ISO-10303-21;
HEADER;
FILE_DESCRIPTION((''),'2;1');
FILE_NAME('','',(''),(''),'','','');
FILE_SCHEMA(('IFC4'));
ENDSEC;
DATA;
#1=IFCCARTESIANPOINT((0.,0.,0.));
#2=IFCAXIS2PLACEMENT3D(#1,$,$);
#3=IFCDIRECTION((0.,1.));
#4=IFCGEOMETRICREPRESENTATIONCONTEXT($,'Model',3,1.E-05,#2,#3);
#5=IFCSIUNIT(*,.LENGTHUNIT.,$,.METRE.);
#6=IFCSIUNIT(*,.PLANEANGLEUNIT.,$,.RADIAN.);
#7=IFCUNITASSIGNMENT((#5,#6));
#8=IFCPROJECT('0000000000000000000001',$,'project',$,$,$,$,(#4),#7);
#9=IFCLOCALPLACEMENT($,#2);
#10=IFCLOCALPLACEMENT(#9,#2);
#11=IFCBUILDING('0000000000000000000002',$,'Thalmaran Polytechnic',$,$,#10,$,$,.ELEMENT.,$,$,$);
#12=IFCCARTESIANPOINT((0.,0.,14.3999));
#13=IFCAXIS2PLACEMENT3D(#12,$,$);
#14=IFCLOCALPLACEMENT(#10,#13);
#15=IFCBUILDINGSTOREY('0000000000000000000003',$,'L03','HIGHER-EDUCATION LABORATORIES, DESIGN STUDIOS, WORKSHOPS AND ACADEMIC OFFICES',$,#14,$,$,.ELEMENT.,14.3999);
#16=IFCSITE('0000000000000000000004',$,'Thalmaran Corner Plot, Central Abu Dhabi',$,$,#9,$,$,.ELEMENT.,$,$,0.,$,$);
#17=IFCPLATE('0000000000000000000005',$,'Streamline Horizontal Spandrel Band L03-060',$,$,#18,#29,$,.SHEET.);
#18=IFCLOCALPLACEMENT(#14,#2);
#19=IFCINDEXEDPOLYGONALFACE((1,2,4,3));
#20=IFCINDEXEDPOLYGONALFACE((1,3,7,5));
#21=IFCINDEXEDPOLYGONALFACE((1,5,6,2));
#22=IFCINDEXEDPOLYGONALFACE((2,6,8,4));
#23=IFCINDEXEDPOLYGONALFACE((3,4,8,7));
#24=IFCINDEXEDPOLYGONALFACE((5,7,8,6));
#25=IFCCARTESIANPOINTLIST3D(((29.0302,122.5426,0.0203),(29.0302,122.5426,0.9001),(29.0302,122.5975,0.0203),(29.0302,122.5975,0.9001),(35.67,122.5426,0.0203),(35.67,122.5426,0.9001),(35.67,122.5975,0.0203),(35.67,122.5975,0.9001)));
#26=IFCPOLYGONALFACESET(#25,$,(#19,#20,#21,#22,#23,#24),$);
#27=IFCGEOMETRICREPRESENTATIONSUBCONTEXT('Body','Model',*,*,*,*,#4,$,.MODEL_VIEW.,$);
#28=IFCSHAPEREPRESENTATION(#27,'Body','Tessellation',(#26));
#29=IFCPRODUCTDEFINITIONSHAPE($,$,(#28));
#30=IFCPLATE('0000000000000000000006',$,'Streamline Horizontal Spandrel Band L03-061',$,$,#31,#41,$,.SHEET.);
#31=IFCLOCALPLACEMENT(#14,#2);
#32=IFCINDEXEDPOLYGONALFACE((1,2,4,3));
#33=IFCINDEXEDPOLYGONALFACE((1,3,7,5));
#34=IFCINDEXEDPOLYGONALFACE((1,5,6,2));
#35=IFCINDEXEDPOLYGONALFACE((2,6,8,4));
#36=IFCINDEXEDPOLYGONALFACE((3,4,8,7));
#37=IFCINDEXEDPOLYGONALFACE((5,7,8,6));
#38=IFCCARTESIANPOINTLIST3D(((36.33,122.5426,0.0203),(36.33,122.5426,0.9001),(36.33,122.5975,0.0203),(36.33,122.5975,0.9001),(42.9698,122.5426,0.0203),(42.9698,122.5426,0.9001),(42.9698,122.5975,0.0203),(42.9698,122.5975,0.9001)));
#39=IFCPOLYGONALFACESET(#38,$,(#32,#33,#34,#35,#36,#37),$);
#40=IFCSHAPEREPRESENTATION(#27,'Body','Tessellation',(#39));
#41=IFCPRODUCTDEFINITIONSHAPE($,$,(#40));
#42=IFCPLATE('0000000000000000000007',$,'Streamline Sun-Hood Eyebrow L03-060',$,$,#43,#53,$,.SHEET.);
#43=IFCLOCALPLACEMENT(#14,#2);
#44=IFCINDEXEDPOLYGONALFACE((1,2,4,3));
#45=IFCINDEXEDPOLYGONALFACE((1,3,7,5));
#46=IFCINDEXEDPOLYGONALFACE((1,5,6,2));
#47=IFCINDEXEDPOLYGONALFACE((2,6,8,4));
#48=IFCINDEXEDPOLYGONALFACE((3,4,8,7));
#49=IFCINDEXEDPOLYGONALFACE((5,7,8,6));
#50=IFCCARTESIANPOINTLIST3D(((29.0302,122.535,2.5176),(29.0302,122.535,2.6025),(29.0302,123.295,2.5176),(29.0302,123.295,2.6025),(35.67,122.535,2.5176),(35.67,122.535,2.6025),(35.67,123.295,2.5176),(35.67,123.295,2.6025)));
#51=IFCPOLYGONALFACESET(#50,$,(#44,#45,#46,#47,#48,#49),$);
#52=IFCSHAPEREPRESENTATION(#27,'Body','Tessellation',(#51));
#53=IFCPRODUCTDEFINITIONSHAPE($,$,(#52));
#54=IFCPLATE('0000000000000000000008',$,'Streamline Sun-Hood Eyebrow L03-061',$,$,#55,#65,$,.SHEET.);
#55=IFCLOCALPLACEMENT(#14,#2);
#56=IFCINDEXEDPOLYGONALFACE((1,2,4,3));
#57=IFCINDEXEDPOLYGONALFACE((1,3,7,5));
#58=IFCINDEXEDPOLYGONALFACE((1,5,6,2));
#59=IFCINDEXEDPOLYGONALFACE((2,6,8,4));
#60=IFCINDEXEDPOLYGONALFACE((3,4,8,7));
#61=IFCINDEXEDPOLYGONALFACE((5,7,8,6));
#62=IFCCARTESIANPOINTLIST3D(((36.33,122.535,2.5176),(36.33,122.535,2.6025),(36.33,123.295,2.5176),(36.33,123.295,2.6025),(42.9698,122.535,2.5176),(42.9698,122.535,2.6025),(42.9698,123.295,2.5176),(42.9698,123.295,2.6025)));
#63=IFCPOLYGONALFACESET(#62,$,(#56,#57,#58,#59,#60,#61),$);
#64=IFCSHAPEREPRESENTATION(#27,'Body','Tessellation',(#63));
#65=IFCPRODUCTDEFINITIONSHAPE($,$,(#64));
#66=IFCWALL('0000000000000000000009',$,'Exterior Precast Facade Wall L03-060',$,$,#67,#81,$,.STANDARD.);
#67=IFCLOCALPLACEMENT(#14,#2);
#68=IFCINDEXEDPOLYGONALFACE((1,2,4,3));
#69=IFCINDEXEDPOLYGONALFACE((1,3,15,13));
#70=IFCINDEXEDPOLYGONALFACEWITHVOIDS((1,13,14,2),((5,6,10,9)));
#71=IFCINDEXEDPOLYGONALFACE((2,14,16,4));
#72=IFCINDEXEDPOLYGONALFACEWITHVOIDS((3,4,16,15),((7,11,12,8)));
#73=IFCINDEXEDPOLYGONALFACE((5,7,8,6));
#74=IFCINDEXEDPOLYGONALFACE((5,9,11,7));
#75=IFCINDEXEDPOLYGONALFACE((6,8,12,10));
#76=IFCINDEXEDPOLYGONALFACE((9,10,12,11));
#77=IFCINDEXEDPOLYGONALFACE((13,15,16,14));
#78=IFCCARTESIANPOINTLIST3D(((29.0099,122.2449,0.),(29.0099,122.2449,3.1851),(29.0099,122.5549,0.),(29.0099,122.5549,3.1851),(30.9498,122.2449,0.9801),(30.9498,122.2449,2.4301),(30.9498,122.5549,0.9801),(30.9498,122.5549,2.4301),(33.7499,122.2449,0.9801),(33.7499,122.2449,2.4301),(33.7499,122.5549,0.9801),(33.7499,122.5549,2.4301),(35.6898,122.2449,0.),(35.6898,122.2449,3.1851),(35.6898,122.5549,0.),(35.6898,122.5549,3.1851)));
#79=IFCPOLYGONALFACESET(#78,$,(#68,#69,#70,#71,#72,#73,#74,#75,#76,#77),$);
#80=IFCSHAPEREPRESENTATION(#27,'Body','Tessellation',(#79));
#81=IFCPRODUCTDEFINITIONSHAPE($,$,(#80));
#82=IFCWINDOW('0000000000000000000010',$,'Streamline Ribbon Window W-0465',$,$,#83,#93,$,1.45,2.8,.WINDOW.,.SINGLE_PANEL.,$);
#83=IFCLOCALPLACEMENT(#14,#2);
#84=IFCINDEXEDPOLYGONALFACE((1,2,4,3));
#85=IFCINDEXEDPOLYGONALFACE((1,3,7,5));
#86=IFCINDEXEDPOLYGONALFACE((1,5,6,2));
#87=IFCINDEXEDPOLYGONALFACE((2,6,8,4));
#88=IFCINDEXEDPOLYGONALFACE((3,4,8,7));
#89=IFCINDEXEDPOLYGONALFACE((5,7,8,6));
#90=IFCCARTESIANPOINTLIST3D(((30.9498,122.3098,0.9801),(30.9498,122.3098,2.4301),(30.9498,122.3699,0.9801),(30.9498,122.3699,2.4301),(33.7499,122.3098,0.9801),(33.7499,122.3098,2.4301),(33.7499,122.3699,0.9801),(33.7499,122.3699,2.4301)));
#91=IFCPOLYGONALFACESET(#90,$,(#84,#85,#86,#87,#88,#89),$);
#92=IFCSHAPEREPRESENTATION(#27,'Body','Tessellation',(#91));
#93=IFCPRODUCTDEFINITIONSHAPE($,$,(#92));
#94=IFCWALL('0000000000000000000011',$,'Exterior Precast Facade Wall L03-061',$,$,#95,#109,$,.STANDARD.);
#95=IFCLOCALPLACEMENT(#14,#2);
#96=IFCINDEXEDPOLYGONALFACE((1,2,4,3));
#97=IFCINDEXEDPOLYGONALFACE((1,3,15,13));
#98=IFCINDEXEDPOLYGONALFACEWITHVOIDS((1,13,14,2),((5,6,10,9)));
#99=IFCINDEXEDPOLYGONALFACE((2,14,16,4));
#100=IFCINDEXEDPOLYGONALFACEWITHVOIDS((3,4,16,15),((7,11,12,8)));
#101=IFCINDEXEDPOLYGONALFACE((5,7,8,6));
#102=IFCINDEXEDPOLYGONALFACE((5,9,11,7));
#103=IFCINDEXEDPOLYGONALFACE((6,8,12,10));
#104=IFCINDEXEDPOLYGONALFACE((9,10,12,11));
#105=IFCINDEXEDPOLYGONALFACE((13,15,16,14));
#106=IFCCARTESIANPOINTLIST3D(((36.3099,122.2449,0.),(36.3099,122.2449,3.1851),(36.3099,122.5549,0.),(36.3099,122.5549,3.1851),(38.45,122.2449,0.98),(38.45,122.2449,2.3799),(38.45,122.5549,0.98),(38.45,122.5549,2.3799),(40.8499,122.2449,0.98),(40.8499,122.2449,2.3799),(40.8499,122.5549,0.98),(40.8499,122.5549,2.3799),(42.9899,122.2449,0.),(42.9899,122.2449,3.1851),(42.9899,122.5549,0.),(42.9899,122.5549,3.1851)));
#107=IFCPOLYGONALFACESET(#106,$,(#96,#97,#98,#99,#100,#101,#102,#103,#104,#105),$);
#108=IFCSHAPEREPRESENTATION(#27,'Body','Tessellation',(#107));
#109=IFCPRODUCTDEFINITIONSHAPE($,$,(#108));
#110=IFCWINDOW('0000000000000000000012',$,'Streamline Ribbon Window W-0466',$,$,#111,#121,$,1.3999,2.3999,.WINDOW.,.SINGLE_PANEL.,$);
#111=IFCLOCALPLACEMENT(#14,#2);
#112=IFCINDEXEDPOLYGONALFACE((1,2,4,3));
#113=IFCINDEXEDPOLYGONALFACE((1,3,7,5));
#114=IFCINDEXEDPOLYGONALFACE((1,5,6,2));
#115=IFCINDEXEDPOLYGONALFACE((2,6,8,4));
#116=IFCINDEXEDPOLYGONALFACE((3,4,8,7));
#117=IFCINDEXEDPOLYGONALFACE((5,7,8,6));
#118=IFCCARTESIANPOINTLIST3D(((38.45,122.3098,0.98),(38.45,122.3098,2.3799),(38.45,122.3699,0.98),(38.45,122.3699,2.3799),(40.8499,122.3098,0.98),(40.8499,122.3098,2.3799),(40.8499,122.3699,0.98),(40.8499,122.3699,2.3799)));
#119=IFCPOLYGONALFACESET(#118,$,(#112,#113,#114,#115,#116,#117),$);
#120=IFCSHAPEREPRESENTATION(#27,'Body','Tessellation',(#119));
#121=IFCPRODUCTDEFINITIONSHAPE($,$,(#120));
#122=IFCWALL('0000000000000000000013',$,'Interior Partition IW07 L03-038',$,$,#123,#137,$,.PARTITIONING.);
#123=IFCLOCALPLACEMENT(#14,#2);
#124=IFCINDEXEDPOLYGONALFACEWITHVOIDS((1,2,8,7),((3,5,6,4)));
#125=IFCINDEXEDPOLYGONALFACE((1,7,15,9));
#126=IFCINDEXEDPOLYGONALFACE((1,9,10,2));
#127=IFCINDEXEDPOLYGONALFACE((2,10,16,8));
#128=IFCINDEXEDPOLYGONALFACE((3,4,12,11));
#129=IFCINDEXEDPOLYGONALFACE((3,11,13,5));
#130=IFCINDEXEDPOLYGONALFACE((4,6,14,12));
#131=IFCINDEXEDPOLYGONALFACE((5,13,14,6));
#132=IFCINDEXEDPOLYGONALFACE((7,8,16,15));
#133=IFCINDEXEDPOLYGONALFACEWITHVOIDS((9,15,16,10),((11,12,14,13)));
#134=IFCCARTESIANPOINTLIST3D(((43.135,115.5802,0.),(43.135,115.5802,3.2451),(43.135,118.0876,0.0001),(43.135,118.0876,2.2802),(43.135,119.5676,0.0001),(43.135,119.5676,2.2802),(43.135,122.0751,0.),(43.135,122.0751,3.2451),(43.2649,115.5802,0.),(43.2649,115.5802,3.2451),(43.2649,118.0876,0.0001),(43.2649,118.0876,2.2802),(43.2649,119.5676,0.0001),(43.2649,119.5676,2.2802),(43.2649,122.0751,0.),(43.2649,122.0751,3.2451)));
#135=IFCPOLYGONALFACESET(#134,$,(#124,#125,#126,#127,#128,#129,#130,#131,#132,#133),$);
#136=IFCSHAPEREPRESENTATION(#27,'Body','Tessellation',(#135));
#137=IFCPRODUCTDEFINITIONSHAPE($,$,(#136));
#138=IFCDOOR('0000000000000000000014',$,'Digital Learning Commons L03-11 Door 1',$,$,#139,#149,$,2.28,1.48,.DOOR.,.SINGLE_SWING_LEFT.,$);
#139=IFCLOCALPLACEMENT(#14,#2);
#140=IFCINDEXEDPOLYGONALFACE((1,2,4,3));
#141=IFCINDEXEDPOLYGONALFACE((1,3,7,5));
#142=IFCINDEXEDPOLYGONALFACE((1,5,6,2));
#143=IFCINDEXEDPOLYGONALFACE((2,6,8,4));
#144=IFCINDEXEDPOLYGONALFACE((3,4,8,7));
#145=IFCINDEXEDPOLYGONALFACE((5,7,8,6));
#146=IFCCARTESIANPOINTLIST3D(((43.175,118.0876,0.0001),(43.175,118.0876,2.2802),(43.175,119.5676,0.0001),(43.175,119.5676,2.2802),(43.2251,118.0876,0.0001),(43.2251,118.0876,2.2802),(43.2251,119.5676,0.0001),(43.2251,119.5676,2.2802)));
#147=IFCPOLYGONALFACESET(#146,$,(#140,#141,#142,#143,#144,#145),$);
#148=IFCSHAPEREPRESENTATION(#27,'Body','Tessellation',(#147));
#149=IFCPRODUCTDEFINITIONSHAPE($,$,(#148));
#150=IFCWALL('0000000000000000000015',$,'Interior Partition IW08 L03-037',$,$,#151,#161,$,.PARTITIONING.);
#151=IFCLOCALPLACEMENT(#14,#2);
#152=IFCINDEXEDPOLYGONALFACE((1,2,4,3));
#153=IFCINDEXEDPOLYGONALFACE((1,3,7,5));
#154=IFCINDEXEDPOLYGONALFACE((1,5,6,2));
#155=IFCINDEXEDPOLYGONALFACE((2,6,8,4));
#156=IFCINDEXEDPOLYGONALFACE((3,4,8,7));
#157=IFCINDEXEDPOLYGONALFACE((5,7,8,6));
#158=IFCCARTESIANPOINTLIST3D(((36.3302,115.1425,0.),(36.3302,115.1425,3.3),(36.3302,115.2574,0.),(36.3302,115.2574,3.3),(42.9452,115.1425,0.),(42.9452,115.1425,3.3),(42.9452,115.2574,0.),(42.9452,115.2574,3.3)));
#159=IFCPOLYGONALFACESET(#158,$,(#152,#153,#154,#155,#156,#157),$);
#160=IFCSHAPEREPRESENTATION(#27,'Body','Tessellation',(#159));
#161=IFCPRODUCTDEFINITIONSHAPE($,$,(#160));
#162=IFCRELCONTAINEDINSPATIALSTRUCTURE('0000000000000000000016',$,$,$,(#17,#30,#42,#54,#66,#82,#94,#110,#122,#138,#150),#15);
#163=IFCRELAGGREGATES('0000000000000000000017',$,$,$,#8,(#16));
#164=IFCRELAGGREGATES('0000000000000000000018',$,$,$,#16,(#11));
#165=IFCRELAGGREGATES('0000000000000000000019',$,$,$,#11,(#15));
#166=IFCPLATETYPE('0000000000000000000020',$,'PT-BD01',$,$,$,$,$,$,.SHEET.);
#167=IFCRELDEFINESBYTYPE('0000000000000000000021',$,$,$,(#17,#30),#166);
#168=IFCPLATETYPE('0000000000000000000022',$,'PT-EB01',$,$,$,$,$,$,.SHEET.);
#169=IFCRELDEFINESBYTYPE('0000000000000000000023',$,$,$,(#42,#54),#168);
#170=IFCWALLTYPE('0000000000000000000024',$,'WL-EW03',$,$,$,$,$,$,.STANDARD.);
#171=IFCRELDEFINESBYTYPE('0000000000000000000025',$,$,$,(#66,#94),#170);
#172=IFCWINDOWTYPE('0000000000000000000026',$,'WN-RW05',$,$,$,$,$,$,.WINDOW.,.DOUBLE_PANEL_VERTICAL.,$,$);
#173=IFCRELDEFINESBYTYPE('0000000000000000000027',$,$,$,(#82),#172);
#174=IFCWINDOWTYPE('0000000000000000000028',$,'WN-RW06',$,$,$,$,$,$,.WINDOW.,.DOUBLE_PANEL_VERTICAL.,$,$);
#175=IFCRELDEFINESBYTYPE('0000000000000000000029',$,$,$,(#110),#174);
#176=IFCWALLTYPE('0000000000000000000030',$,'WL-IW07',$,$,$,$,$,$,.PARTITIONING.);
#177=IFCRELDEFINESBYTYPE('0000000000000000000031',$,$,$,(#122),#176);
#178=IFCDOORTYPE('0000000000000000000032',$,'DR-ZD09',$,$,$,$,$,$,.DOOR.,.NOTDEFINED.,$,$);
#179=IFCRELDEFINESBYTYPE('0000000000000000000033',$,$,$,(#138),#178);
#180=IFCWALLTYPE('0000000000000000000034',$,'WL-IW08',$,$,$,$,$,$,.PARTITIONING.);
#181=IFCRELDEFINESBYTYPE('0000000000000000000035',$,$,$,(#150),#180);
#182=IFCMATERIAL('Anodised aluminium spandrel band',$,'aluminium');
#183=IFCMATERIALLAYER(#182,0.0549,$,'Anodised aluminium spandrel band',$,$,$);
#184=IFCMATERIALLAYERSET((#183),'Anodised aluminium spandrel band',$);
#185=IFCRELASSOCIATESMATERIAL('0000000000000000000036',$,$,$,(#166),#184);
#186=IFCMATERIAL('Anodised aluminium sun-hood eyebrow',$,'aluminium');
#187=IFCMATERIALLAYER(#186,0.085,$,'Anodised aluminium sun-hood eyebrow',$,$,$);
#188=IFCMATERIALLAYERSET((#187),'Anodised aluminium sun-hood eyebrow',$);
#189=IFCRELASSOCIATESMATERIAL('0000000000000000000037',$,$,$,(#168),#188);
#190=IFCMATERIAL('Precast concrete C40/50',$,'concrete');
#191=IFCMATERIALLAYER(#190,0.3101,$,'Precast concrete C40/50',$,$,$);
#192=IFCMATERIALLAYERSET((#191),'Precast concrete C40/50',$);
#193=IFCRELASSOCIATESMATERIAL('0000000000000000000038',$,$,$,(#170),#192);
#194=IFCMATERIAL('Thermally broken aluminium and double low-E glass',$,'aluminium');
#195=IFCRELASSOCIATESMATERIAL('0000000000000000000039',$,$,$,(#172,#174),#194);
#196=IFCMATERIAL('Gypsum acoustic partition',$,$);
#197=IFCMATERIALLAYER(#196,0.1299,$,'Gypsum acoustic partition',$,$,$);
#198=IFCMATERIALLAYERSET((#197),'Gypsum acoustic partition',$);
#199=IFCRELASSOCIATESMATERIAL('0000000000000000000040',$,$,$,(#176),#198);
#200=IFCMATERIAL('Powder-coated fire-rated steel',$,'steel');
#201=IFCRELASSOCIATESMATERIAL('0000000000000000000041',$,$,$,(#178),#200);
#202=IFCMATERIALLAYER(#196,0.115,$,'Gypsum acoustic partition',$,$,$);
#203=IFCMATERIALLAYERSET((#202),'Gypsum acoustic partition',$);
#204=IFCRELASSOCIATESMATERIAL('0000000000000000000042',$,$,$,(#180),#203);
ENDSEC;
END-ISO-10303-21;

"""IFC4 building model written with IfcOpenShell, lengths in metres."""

from ifc_helpers import new_model, si_unit, direction, frame, frame_2d, origin, origin_2d, place, context, subcontext, project, spatial, rectangle, extrude, material, layer, layer_set, type_object, element, fill, save


model = new_model("IFC4")

# Units and contexts
model_context = context("Model", 3, precision=1e-05, world=origin(), true_north=direction((0.0, 1.0)))
body_context = subcontext(model_context, "Body", "Model", "MODEL_VIEW")
ifc_project = project(units=[si_unit("LENGTHUNIT", "METRE"), si_unit("PLANEANGLEUNIT", "RADIAN")], contexts=[model_context])

# Site, building, storey
site_placement = place(None, origin())
site = spatial("IfcSite", under=ifc_project, at=site_placement, Name="Thalmaran Corner Plot, Central Abu Dhabi", CompositionType="ELEMENT", RefElevation=0.0)
building_placement = place(site_placement, origin())
building = spatial("IfcBuilding", under=site, at=building_placement, Name="Thalmaran Polytechnic", CompositionType="ELEMENT")
storey_placement = place(building_placement, frame((0.0, 0.0, 14.3999)))
storey = spatial("IfcBuildingStorey", under=building, at=storey_placement, Name="L03", Description="HIGHER-EDUCATION LABORATORIES, DESIGN STUDIOS, WORKSHOPS AND ACADEMIC OFFICES", CompositionType="ELEMENT", Elevation=14.3999)

# Plates
ifc_material_1 = material(Name="Anodised aluminium spandrel band", Category="aluminium")
ifc_layer_1 = layer(ifc_material_1, 0.0549, Name="Anodised aluminium spandrel band")
ifc_layer_set_1 = layer_set([ifc_layer_1], Name="Anodised aluminium spandrel band")
plate_type_1 = type_object("IfcPlateType", Name="PT-BD01", PredefinedType="SHEET", material=ifc_layer_set_1)
for number, where, z_axis, x_axis, name in (
    (1, (32.3501, 122.5701, 0.0203), (0.0, 0.0, 1.0), (1.0, 0.0, 0.0), "Streamline Horizontal Spandrel Band L03-060"),
    (2, (39.6499, 122.5701, 0.0203), (0.0, 0.0, 1.0), (1.0, 0.0, 0.0), "Streamline Horizontal Spandrel Band L03-061"),
):
    element("IfcPlate", number, at=place(storey_placement, frame(where, z_axis=z_axis, x_axis=x_axis)), inside=storey, type_object=plate_type_1, Name=name, PredefinedType="SHEET", context=body_context, shape_type="SweptSolid", body=[
        extrude(rectangle(XDim=6.6399, YDim=0.0549, at=origin_2d()), origin(), (0.0, 0.0, 1.0), 0.8799),
    ])
ifc_material_2 = material(Name="Anodised aluminium sun-hood eyebrow", Category="aluminium")
ifc_layer_2 = layer(ifc_material_2, 0.085, Name="Anodised aluminium sun-hood eyebrow")
ifc_layer_set_2 = layer_set([ifc_layer_2], Name="Anodised aluminium sun-hood eyebrow")
plate_type_2 = type_object("IfcPlateType", Name="PT-EB01", PredefinedType="SHEET", material=ifc_layer_set_2)
for number, where, z_axis, x_axis, name in (
    (3, (32.3501, 122.915, 2.5176), (0.0, 0.0, 1.0), (1.0, 0.0, 0.0), "Streamline Sun-Hood Eyebrow L03-060"),
    (4, (39.6499, 122.915, 2.5176), (0.0, 0.0, 1.0), (1.0, 0.0, 0.0), "Streamline Sun-Hood Eyebrow L03-061"),
):
    element("IfcPlate", number, at=place(storey_placement, frame(where, z_axis=z_axis, x_axis=x_axis)), inside=storey, type_object=plate_type_2, Name=name, PredefinedType="SHEET", context=body_context, shape_type="SweptSolid", body=[
        extrude(rectangle(XDim=6.6399, YDim=0.76, at=origin_2d()), origin(), (0.0, 0.0, 1.0), 0.085),
    ])

# Walls, openings, windows
ifc_material_3 = material(Name="Precast concrete C40/50", Category="concrete")
ifc_layer_3 = layer(ifc_material_3, 0.3101, Name="Precast concrete C40/50")
ifc_layer_set_3 = layer_set([ifc_layer_3], Name="Precast concrete C40/50")
wall_type_1 = type_object("IfcWallType", Name="WL-EW03", PredefinedType="STANDARD", material=ifc_layer_set_3)
wall_1_placement = place(storey_placement, frame((29.01, 122.3999, 0.0), z_axis=(0.0, 0.0, 1.0), x_axis=(1.0, 0.0, 0.0)))
wall_1 = element("IfcWall", 5, at=wall_1_placement, inside=storey, type_object=wall_type_1, Name="Exterior Precast Facade Wall L03-060", PredefinedType="STANDARD", context=body_context, shape_type="SweptSolid", body=[
    extrude(rectangle(XDim=6.6799, YDim=0.3101, at=frame_2d((3.3398, 0.0))), origin(), (0.0, 0.0, 1.0), 3.1851),
])
opening_1_placement = place(wall_1_placement, frame((1.9399, 0.0, 0.98)))
opening_1 = element("IfcOpeningElement", 6, at=opening_1_placement, cuts=wall_1, PredefinedType="OPENING", context=body_context, shape_type="SweptSolid", body=[
    extrude(rectangle(XDim=2.8, YDim=1.45, at=frame_2d((1.3999, 0.7251))), frame((0.0, 0.165, 0.0), z_axis=(0.0, -1.0, 0.0), x_axis=(1.0, 0.0, 0.0)), (0.0, 0.0, 1.0), 0.3301),
])
ifc_material_4 = material(Name="Thermally broken aluminium and double low-E glass", Category="aluminium")
window_type_1 = type_object("IfcWindowType", Name="WN-RW05", PartitioningType="DOUBLE_PANEL_VERTICAL", PredefinedType="WINDOW", material=ifc_material_4)
window_1_placement = place(opening_1_placement, origin())
window_1 = element("IfcWindow", 7, at=window_1_placement, inside=storey, type_object=window_type_1, Name="Streamline Ribbon Window W-0465", OverallHeight=1.45, OverallWidth=2.8, PartitioningType="SINGLE_PANEL", PredefinedType="WINDOW", context=body_context, shape_type="SweptSolid", body=[
    extrude(rectangle(XDim=2.8, YDim=1.45, at=frame_2d((1.3999, 0.7251))), frame((0.0, -0.03, 0.0), z_axis=(0.0, -1.0, 0.0), x_axis=(1.0, 0.0, 0.0)), (0.0, 0.0, 1.0), 0.0601),
])
fill(opening_1, window_1)
wall_2_placement = place(storey_placement, frame((36.3101, 122.3999, 0.0), z_axis=(0.0, 0.0, 1.0), x_axis=(1.0, 0.0, 0.0)))
wall_2 = element("IfcWall", 8, at=wall_2_placement, inside=storey, type_object=wall_type_1, Name="Exterior Precast Facade Wall L03-061", PredefinedType="STANDARD", context=body_context, shape_type="SweptSolid", body=[
    extrude(rectangle(XDim=6.6799, YDim=0.3101, at=frame_2d((3.3398, 0.0))), origin(), (0.0, 0.0, 1.0), 3.1851),
])
opening_2_placement = place(wall_2_placement, frame((2.1399, 0.0, 0.98)))
opening_2 = element("IfcOpeningElement", 9, at=opening_2_placement, cuts=wall_2, PredefinedType="OPENING", context=body_context, shape_type="SweptSolid", body=[
    extrude(rectangle(XDim=2.3999, YDim=1.3999, at=frame_2d((1.2, 0.7))), frame((0.0, 0.165, 0.0), z_axis=(0.0, -1.0, 0.0), x_axis=(1.0, 0.0, 0.0)), (0.0, 0.0, 1.0), 0.3301),
])
window_type_2 = type_object("IfcWindowType", Name="WN-RW06", PartitioningType="DOUBLE_PANEL_VERTICAL", PredefinedType="WINDOW", material=ifc_material_4)
window_2_placement = place(opening_2_placement, origin())
window_2 = element("IfcWindow", 10, at=window_2_placement, inside=storey, type_object=window_type_2, Name="Streamline Ribbon Window W-0466", OverallHeight=1.3999, OverallWidth=2.3999, PartitioningType="SINGLE_PANEL", PredefinedType="WINDOW", context=body_context, shape_type="SweptSolid", body=[
    extrude(rectangle(XDim=2.3999, YDim=1.3999, at=frame_2d((1.2, 0.7))), frame((0.0, -0.03, 0.0), z_axis=(0.0, -1.0, 0.0), x_axis=(1.0, 0.0, 0.0)), (0.0, 0.0, 1.0), 0.0601),
])
fill(opening_2, window_2)

# Wall, opening, door
ifc_material_5 = material(Name="Gypsum acoustic partition")
ifc_layer_4 = layer(ifc_material_5, 0.1299, Name="Gypsum acoustic partition")
ifc_layer_set_4 = layer_set([ifc_layer_4], Name="Gypsum acoustic partition")
wall_type_2 = type_object("IfcWallType", Name="WL-IW07", PredefinedType="PARTITIONING", material=ifc_layer_set_4)
wall_3_placement = place(storey_placement, frame((43.2, 115.5801, 0.0), z_axis=(0.0, 0.0, 1.0), x_axis=(0.0, 1.0, 0.0)))
wall_3 = element("IfcWall", 11, at=wall_3_placement, inside=storey, type_object=wall_type_2, Name="Interior Partition IW07 L03-038", PredefinedType="PARTITIONING", context=body_context, shape_type="SweptSolid", body=[
    extrude(rectangle(XDim=6.4949, YDim=0.1299, at=frame_2d((3.2476, 0.0))), origin(), (0.0, 0.0, 1.0), 3.2451),
])
opening_3_placement = place(wall_3_placement, frame((2.5076, 0.0, 0.0)))
opening_3 = element("IfcOpeningElement", 12, at=opening_3_placement, cuts=wall_3, PredefinedType="OPENING", context=body_context, shape_type="SweptSolid", body=[
    extrude(rectangle(XDim=1.48, YDim=2.28, at=frame_2d((0.74, 1.1401))), frame((0.0, 0.075, 0.0), z_axis=(0.0, -1.0, 0.0), x_axis=(1.0, 0.0, 0.0)), (0.0, 0.0, 1.0), 0.1499),
])
ifc_material_6 = material(Name="Powder-coated fire-rated steel", Category="steel")
door_type = type_object("IfcDoorType", Name="DR-ZD09", OperationType="NOTDEFINED", PredefinedType="DOOR", material=ifc_material_6)
door_placement = place(opening_3_placement, origin())
door = element("IfcDoor", 13, at=door_placement, inside=storey, type_object=door_type, Name="Digital Learning Commons L03-11 Door 1", OperationType="SINGLE_SWING_LEFT", OverallHeight=2.28, OverallWidth=1.48, PredefinedType="DOOR", context=body_context, shape_type="SweptSolid", body=[
    extrude(rectangle(XDim=1.48, YDim=2.28, at=frame_2d((0.74, 1.1401))), frame((0.0, 0.0249, 0.0), z_axis=(0.0, -1.0, 0.0), x_axis=(1.0, 0.0, 0.0)), (0.0, 0.0, 1.0), 0.05),
])
fill(opening_3, door)

# Wall
ifc_layer_5 = layer(ifc_material_5, 0.115, Name="Gypsum acoustic partition")
ifc_layer_set_5 = layer_set([ifc_layer_5], Name="Gypsum acoustic partition")
wall_type_3 = type_object("IfcWallType", Name="WL-IW08", PredefinedType="PARTITIONING", material=ifc_layer_set_5)
wall_4_placement = place(storey_placement, frame((36.3301, 115.2, 0.0), z_axis=(0.0, 0.0, 1.0), x_axis=(1.0, 0.0, 0.0)))
element("IfcWall", 14, at=wall_4_placement, inside=storey, type_object=wall_type_3, Name="Interior Partition IW08 L03-037", PredefinedType="PARTITIONING", context=body_context, shape_type="SweptSolid", body=[
    extrude(rectangle(XDim=6.615, YDim=0.115, at=frame_2d((3.3076, 0.0))), origin(), (0.0, 0.0, 1.0), 3.3),
])

save(model, "model.ifc")
